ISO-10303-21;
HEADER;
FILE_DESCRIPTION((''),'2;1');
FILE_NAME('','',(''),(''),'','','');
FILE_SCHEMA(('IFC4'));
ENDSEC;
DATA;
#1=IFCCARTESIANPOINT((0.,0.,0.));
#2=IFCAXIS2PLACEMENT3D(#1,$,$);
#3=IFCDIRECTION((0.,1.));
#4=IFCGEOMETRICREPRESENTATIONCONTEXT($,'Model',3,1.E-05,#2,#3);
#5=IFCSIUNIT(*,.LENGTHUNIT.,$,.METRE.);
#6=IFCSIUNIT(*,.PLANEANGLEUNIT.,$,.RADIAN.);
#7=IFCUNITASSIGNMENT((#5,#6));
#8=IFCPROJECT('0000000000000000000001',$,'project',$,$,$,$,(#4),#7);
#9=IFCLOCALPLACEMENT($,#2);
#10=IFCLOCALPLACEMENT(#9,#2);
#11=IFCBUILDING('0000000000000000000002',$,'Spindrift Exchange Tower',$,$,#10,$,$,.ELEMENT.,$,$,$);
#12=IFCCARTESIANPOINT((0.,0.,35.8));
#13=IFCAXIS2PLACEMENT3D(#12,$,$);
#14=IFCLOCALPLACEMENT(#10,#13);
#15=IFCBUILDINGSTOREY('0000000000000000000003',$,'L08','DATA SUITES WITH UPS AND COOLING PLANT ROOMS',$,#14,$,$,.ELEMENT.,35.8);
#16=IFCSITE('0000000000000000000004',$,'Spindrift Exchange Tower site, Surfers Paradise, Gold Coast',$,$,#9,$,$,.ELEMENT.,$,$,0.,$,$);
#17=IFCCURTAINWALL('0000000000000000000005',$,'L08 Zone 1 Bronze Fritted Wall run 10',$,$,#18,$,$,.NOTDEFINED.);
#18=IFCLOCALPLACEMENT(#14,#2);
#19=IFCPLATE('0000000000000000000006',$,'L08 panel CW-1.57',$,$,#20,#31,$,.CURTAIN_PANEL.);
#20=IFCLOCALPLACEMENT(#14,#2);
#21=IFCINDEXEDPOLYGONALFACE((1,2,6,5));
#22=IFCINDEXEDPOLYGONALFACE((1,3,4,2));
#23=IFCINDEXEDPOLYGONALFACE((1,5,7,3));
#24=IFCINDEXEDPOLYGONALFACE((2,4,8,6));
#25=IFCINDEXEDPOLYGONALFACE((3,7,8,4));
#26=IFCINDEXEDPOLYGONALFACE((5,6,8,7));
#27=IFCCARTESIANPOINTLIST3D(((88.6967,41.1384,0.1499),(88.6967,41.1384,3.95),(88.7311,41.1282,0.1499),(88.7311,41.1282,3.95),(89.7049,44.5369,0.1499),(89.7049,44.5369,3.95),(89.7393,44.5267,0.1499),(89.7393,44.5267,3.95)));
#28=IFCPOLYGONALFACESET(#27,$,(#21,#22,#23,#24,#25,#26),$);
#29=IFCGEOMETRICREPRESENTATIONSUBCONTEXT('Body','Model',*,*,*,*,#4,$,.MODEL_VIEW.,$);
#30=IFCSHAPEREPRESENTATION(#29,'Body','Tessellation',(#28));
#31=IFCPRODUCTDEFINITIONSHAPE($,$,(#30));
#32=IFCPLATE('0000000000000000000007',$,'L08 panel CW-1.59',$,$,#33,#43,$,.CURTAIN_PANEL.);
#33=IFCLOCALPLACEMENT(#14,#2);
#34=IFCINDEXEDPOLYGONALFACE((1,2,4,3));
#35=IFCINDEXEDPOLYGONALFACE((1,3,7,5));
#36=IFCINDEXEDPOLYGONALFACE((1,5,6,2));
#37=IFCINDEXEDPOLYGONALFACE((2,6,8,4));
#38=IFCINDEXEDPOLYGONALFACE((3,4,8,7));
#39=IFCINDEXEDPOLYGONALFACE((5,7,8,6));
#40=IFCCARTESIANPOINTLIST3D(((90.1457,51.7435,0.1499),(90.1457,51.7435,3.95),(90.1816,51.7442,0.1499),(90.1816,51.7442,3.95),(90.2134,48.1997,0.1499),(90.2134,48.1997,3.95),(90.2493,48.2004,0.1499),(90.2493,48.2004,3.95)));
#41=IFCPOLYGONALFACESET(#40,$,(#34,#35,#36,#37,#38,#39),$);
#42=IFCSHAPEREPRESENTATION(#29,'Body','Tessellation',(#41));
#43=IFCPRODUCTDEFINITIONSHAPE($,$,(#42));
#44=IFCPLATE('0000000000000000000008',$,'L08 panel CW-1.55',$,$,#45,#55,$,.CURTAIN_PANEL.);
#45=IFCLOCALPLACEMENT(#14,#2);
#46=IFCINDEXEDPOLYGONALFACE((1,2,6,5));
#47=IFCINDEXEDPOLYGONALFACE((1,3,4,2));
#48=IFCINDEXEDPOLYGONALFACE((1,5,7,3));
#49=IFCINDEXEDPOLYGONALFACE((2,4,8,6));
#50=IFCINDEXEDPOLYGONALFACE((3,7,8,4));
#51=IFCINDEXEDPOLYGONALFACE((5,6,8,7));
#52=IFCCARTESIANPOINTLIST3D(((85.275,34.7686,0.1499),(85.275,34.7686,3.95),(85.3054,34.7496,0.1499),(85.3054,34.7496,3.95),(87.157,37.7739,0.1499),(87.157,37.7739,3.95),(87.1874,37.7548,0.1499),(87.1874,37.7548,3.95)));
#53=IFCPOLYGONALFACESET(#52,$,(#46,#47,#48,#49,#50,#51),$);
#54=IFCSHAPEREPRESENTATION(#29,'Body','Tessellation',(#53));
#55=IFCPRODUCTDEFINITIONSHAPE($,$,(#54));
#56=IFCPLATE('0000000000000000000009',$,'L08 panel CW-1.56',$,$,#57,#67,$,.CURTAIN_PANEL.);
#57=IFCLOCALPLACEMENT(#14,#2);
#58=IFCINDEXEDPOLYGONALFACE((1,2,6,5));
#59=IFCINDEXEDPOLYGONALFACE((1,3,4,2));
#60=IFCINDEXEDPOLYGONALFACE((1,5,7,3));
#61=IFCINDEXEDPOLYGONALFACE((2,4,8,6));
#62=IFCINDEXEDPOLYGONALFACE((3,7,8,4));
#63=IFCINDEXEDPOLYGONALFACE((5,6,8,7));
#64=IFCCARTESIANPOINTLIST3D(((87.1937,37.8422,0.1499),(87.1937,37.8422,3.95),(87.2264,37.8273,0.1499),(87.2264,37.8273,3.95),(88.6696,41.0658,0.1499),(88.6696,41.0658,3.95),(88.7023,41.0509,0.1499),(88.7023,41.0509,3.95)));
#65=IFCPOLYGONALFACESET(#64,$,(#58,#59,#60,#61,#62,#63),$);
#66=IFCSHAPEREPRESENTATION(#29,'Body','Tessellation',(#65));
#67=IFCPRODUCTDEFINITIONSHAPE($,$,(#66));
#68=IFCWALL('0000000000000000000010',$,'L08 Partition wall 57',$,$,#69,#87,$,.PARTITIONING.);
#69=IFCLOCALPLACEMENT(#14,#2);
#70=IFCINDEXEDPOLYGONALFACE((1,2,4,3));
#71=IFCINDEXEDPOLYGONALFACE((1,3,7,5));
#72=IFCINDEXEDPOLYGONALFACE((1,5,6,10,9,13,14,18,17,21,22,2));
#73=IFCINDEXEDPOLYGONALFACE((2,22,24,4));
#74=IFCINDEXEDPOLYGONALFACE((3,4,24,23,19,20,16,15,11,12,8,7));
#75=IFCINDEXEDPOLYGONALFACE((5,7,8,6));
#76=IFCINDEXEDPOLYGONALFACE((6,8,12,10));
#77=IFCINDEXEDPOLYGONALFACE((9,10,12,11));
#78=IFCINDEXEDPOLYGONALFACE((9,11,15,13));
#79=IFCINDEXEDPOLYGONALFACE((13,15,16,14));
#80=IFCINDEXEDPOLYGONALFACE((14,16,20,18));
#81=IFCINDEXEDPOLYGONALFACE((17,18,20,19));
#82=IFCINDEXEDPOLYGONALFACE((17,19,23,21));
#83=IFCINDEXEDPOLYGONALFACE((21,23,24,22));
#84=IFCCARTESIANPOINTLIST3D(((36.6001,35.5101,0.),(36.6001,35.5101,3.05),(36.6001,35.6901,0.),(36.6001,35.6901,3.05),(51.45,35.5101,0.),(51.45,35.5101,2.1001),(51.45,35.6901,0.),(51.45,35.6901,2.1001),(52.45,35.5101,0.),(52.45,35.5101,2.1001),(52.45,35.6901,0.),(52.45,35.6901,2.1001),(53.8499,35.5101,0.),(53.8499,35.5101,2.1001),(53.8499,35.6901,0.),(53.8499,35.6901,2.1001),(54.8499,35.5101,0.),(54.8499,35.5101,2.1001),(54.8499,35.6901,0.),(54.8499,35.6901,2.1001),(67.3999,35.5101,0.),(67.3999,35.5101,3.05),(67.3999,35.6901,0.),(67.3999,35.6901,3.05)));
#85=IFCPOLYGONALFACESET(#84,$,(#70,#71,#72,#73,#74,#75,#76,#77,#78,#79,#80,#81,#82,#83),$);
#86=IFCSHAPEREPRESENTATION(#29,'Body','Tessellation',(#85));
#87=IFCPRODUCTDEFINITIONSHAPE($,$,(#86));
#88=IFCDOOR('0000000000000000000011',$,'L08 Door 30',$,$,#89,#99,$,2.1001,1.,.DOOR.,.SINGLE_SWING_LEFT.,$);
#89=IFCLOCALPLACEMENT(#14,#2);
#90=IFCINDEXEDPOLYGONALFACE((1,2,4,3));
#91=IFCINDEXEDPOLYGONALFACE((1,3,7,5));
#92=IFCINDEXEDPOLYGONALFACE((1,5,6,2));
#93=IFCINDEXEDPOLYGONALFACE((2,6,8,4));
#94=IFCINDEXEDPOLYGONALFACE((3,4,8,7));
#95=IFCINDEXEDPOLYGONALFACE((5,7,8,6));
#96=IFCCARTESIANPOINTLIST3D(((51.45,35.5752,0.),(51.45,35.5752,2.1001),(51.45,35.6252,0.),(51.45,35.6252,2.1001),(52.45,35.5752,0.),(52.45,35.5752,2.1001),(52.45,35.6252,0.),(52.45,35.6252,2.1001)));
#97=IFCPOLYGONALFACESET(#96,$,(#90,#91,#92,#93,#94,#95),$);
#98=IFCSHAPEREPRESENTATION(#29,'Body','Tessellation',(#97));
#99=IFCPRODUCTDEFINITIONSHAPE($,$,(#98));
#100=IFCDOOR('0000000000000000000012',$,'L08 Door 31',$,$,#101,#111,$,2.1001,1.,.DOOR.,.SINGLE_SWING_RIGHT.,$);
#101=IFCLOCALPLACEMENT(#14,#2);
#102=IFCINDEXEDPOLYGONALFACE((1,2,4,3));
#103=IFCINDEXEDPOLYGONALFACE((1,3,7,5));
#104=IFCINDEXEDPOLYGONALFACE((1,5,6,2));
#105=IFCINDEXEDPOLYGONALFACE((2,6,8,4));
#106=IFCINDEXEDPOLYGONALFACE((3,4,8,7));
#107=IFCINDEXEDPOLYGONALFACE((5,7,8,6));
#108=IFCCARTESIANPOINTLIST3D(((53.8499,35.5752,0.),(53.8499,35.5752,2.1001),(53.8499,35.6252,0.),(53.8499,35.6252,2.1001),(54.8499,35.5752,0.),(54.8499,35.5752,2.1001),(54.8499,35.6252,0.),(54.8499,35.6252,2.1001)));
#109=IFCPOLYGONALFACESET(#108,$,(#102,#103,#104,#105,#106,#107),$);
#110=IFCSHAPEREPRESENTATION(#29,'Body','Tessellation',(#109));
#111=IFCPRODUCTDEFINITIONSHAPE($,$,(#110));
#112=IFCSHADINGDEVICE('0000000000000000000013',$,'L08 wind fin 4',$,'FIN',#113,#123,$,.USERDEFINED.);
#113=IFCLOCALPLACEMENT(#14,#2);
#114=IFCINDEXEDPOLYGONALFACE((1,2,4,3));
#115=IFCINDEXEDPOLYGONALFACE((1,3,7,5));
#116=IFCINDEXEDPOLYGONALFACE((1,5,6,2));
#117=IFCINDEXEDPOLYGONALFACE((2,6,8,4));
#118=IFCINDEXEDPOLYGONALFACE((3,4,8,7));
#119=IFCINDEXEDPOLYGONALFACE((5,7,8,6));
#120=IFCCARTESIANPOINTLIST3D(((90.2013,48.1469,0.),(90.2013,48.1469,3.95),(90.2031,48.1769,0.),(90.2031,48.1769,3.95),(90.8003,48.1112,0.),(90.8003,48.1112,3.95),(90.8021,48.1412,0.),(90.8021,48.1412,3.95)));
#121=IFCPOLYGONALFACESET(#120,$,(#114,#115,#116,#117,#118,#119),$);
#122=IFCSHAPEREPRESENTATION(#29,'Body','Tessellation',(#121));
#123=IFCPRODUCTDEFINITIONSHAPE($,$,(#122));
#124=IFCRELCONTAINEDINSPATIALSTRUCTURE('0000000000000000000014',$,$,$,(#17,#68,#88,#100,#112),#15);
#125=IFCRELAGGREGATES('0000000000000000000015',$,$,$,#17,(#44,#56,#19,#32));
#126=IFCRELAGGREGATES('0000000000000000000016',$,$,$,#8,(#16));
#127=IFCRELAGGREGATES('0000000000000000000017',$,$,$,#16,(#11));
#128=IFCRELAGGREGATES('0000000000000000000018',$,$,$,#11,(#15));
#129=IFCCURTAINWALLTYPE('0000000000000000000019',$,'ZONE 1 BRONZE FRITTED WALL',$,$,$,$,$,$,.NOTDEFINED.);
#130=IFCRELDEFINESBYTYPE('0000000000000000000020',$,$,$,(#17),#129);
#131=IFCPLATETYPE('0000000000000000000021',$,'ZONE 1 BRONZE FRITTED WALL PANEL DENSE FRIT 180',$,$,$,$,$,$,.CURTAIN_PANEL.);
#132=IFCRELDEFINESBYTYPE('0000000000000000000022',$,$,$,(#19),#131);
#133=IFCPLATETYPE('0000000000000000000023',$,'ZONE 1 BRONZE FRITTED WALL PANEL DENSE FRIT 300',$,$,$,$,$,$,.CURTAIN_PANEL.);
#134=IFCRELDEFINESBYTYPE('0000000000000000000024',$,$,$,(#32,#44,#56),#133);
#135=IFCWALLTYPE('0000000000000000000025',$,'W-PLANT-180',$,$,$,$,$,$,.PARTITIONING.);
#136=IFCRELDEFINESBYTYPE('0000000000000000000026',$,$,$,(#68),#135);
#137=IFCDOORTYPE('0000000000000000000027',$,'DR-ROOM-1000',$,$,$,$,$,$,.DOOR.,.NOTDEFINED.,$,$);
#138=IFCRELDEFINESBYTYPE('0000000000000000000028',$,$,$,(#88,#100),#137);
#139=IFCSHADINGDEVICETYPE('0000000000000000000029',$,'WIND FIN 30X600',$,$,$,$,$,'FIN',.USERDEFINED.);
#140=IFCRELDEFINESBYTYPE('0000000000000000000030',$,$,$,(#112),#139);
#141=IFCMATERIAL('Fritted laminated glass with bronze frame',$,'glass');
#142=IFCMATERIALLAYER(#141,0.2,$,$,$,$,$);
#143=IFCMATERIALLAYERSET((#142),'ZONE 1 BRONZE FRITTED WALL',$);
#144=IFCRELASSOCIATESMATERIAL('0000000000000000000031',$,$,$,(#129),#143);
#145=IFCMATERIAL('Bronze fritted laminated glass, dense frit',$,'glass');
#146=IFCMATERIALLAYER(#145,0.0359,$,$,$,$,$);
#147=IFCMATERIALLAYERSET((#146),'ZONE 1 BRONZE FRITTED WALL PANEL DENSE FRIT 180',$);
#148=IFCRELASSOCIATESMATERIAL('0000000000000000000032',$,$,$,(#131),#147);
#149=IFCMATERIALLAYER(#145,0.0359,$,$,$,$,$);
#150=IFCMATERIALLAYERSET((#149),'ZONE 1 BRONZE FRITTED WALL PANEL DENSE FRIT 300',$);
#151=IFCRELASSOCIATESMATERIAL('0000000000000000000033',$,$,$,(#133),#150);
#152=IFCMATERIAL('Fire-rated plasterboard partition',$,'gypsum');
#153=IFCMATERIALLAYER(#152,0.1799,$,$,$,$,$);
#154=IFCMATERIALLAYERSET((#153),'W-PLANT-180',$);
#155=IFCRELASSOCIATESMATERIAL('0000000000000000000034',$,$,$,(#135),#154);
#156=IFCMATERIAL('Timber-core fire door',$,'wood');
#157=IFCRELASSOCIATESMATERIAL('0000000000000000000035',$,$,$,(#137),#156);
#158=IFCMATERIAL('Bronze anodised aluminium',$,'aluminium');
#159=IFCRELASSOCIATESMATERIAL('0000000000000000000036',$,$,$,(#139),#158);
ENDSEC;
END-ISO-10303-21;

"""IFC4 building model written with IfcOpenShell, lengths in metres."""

from ifc_helpers import new_model, si_unit, direction, frame, frame_2d, origin, origin_2d, place, context, subcontext, project, spatial, rectangle, extrude, source, transform, mapped, material, layer, layer_set, material_profile, profile_set, type_object, element, fill, aggregate, save


model = new_model("IFC4")

# Units and contexts
model_context = context("Model", 3, precision=1e-05, world=origin(), true_north=direction((0.0, 1.0)))
body_context = subcontext(model_context, "Body", "Model", "MODEL_VIEW")
ifc_project = project(units=[si_unit("LENGTHUNIT", "METRE"), si_unit("PLANEANGLEUNIT", "RADIAN")], contexts=[model_context])

# Site, building, storey
site_placement = place(None, origin())
site = spatial("IfcSite", under=ifc_project, at=site_placement, Name="Spindrift Exchange Tower site, Surfers Paradise, Gold Coast", CompositionType="ELEMENT", RefElevation=0.0)
building_placement = place(site_placement, origin())
building = spatial("IfcBuilding", under=site, at=building_placement, Name="Spindrift Exchange Tower", CompositionType="ELEMENT")
storey_placement = place(building_placement, frame((0.0, 0.0, 35.8)))
storey = spatial("IfcBuildingStorey", under=building, at=storey_placement, Name="L08", Description="DATA SUITES WITH UPS AND COOLING PLANT ROOMS", CompositionType="ELEMENT", Elevation=35.8)

# Curtain wall, plates
ifc_material_1 = material(Name="Fritted laminated glass with bronze frame", Category="glass")
ifc_layer_1 = layer(ifc_material_1, 0.2)
ifc_layer_set_1 = layer_set([ifc_layer_1], Name="ZONE 1 BRONZE FRITTED WALL")
curtain_wall_type = type_object("IfcCurtainWallType", Name="ZONE 1 BRONZE FRITTED WALL", PredefinedType="NOTDEFINED", material=ifc_layer_set_1)
curtain_wall_placement = place(storey_placement, origin())
curtain_wall = element("IfcCurtainWall", 1, at=curtain_wall_placement, inside=storey, type_object=curtain_wall_type, Name="L08 Zone 1 Bronze Fritted Wall run 10", PredefinedType="NOTDEFINED")
ifc_material_2 = material(Name="Bronze anodised aluminium", Category="aluminium")
ifc_material_3 = material(Name="Bronze fritted laminated glass, dense frit", Category="glass")
ifc_layer_2 = layer(ifc_material_3, 0.0359)
ifc_layer_set_2 = layer_set([ifc_layer_2], Name="ZONE 1 BRONZE FRITTED WALL PANEL DENSE FRIT 180")
plate_type_1 = type_object("IfcPlateType", Name="ZONE 1 BRONZE FRITTED WALL PANEL DENSE FRIT 180", PredefinedType="CURTAIN_PANEL", material=ifc_layer_set_2)
shared_shape_1 = source(origin(), body_context, "Body", "SweptSolid", [
    extrude(rectangle(XDim=3.5449, YDim=0.0359, at=origin_2d()), origin(), (0.0, 0.0, 1.0), 3.8),
])
plate_1_placement = place(storey_placement, frame((89.218, 42.8325, 0.1499), z_axis=(0.0, 0.0, 1.0), x_axis=(0.284414, 0.958702, 0.0)))
plate_1 = element("IfcPlate", 2, at=plate_1_placement, type_object=plate_type_1, Name="L08 panel CW-1.57", PredefinedType="CURTAIN_PANEL", context=body_context, shape_type="MappedRepresentation", body=[
    mapped(shared_shape_1, transform((0.0, 0.0, 0.0), scale=1.0)),
])
ifc_layer_3 = layer(ifc_material_3, 0.0359)
ifc_layer_set_3 = layer_set([ifc_layer_3], Name="ZONE 1 BRONZE FRITTED WALL PANEL DENSE FRIT 300")
plate_type_2 = type_object("IfcPlateType", Name="ZONE 1 BRONZE FRITTED WALL PANEL DENSE FRIT 300", PredefinedType="CURTAIN_PANEL", material=ifc_layer_set_3)
shared_shape_2 = source(origin(), body_context, "Body", "SweptSolid", [
    extrude(rectangle(XDim=3.5444, YDim=0.0359, at=origin_2d()), origin(), (0.0, 0.0, 1.0), 3.8),
])
plate_2_placement = place(storey_placement, frame((90.1975, 49.9719, 0.1499), z_axis=(0.0, 0.0, 1.0), x_axis=(-0.019093, 0.999818, 0.0)))
plate_2 = element("IfcPlate", 3, at=plate_2_placement, type_object=plate_type_2, Name="L08 panel CW-1.59", PredefinedType="CURTAIN_PANEL", context=body_context, shape_type="MappedRepresentation", body=[
    mapped(shared_shape_2, transform((0.0, 0.0, 0.0), scale=1.0)),
])
shared_shape_3 = source(origin(), body_context, "Body", "SweptSolid", [
    extrude(rectangle(XDim=3.5459, YDim=0.0359, at=origin_2d()), origin(), (0.0, 0.0, 1.0), 3.8),
])
plate_3_placement = place(storey_placement, frame((86.2312, 36.2617, 0.1499), z_axis=(0.0, 0.0, 1.0), x_axis=(0.530748, 0.84753, 0.0)))
plate_3 = element("IfcPlate", 4, at=plate_3_placement, type_object=plate_type_2, Name="L08 panel CW-1.55", PredefinedType="CURTAIN_PANEL", context=body_context, shape_type="MappedRepresentation", body=[
    mapped(shared_shape_3, transform((0.0, 0.0, 0.0), scale=1.0)),
])
shared_shape_4 = source(origin(), body_context, "Body", "SweptSolid", [
    extrude(rectangle(XDim=3.5454, YDim=0.0359, at=origin_2d()), origin(), (0.0, 0.0, 1.0), 3.8),
])
plate_4_placement = place(storey_placement, frame((87.948, 39.4465, 0.1499), z_axis=(0.0, 0.0, 1.0), x_axis=(0.416279, 0.909237, 0.0)))
plate_4 = element("IfcPlate", 5, at=plate_4_placement, type_object=plate_type_2, Name="L08 panel CW-1.56", PredefinedType="CURTAIN_PANEL", context=body_context, shape_type="MappedRepresentation", body=[
    mapped(shared_shape_4, transform((0.0, 0.0, 0.0), scale=1.0)),
])
aggregate(curtain_wall, [plate_3, plate_4, plate_1, plate_2])

# Wall, openings, doors
ifc_material_4 = material(Name="Fire-rated plasterboard partition", Category="gypsum")
ifc_layer_4 = layer(ifc_material_4, 0.1799)
ifc_layer_set_4 = layer_set([ifc_layer_4], Name="W-PLANT-180")
wall_type = type_object("IfcWallType", Name="W-PLANT-180", PredefinedType="PARTITIONING", material=ifc_layer_set_4)
wall_placement = place(storey_placement, frame((67.3999, 35.6001, 0.0), z_axis=(0.0, 0.0, 1.0), x_axis=(-1.0, 0.0, 0.0)))
wall = element("IfcWall", 6, at=wall_placement, inside=storey, type_object=wall_type, Name="L08 Partition wall 57", PredefinedType="PARTITIONING", context=body_context, shape_type="SweptSolid", body=[
    extrude(rectangle(XDim=30.7998, YDim=0.1799, at=frame_2d((15.3999, 0.0))), origin(), (0.0, 0.0, 1.0), 3.05),
])
opening_1_placement = place(wall_placement, frame((14.95, 0.0, 0.0)))
opening_1 = element("IfcOpeningElement", 7, at=opening_1_placement, cuts=wall, PredefinedType="OPENING", context=body_context, shape_type="SweptSolid", body=[
    extrude(rectangle(XDim=1.0, YDim=2.1001, at=frame_2d((0.5, 1.05))), frame((0.0, 0.0999, 0.0), z_axis=(0.0, -1.0, 0.0), x_axis=(1.0, 0.0, 0.0)), (0.0, 0.0, 1.0), 0.2),
])
opening_2_placement = place(wall_placement, frame((12.55, 0.0, 0.0)))
opening_2 = element("IfcOpeningElement", 8, at=opening_2_placement, cuts=wall, PredefinedType="OPENING", context=body_context, shape_type="SweptSolid", body=[
    extrude(rectangle(XDim=1.0, YDim=2.1001, at=frame_2d((0.5, 1.05))), frame((0.0, 0.0999, 0.0), z_axis=(0.0, -1.0, 0.0), x_axis=(1.0, 0.0, 0.0)), (0.0, 0.0, 1.0), 0.2),
])
ifc_material_5 = material(Name="Timber-core fire door", Category="wood")
door_type = type_object("IfcDoorType", Name="DR-ROOM-1000", OperationType="NOTDEFINED", PredefinedType="DOOR", material=ifc_material_5)
shared_shape_5 = source(origin(), body_context, "Body", "SweptSolid", [
    extrude(rectangle(XDim=1.0, YDim=2.1001, at=frame_2d((0.5, 1.05))), frame((0.0, 0.0249, 0.0), z_axis=(0.0, -1.0, 0.0), x_axis=(1.0, 0.0, 0.0)), (0.0, 0.0, 1.0), 0.05),
])
door_1_placement = place(opening_1_placement, origin())
door_1 = element("IfcDoor", 9, at=door_1_placement, inside=storey, type_object=door_type, Name="L08 Door 30", OperationType="SINGLE_SWING_LEFT", OverallHeight=2.1001, OverallWidth=1.0, PredefinedType="DOOR", context=body_context, shape_type="MappedRepresentation", body=[
    mapped(shared_shape_5, transform((0.0, 0.0, 0.0), scale=1.0)),
])
fill(opening_1, door_1)
door_2_placement = place(opening_2_placement, origin())
door_2 = element("IfcDoor", 10, at=door_2_placement, inside=storey, type_object=door_type, Name="L08 Door 31", OperationType="SINGLE_SWING_RIGHT", OverallHeight=2.1001, OverallWidth=1.0, PredefinedType="DOOR", context=body_context, shape_type="MappedRepresentation", body=[
    mapped(shared_shape_5, transform((0.0, 0.0, 0.0), scale=1.0)),
])
fill(opening_2, door_2)

# Shading device
ifc_material_profile_1 = material_profile(ifc_material_2, rectangle(XDim=0.03, YDim=0.6001, at=origin_2d()), Name="WIND FIN 30X600")
ifc_profile_set_1 = profile_set([ifc_material_profile_1], Name="Bronze anodised aluminium")
shading_device_type = type_object("IfcShadingDeviceType", Name="WIND FIN 30X600", ElementType="FIN", PredefinedType="USERDEFINED", material=ifc_profile_set_1)
shared_shape_6 = source(origin(), body_context, "Body", "SweptSolid", [
    extrude(rectangle(XDim=0.03, YDim=0.6001, at=origin_2d()), origin(), (0.0, 0.0, 1.0), 3.95),
])
shading_device_placement = place(storey_placement, frame((90.5017, 48.144, 0.0), z_axis=(0.0, 0.0, 1.0), x_axis=(0.059418, 0.998233, 0.0)))
element("IfcShadingDevice", 11, at=shading_device_placement, inside=storey, type_object=shading_device_type, Name="L08 wind fin 4", ObjectType="FIN", PredefinedType="USERDEFINED", context=body_context, shape_type="MappedRepresentation", body=[
    mapped(shared_shape_6, transform((0.0, 0.0, 0.0), scale=1.0)),
])

save(model, "model.ifc")
